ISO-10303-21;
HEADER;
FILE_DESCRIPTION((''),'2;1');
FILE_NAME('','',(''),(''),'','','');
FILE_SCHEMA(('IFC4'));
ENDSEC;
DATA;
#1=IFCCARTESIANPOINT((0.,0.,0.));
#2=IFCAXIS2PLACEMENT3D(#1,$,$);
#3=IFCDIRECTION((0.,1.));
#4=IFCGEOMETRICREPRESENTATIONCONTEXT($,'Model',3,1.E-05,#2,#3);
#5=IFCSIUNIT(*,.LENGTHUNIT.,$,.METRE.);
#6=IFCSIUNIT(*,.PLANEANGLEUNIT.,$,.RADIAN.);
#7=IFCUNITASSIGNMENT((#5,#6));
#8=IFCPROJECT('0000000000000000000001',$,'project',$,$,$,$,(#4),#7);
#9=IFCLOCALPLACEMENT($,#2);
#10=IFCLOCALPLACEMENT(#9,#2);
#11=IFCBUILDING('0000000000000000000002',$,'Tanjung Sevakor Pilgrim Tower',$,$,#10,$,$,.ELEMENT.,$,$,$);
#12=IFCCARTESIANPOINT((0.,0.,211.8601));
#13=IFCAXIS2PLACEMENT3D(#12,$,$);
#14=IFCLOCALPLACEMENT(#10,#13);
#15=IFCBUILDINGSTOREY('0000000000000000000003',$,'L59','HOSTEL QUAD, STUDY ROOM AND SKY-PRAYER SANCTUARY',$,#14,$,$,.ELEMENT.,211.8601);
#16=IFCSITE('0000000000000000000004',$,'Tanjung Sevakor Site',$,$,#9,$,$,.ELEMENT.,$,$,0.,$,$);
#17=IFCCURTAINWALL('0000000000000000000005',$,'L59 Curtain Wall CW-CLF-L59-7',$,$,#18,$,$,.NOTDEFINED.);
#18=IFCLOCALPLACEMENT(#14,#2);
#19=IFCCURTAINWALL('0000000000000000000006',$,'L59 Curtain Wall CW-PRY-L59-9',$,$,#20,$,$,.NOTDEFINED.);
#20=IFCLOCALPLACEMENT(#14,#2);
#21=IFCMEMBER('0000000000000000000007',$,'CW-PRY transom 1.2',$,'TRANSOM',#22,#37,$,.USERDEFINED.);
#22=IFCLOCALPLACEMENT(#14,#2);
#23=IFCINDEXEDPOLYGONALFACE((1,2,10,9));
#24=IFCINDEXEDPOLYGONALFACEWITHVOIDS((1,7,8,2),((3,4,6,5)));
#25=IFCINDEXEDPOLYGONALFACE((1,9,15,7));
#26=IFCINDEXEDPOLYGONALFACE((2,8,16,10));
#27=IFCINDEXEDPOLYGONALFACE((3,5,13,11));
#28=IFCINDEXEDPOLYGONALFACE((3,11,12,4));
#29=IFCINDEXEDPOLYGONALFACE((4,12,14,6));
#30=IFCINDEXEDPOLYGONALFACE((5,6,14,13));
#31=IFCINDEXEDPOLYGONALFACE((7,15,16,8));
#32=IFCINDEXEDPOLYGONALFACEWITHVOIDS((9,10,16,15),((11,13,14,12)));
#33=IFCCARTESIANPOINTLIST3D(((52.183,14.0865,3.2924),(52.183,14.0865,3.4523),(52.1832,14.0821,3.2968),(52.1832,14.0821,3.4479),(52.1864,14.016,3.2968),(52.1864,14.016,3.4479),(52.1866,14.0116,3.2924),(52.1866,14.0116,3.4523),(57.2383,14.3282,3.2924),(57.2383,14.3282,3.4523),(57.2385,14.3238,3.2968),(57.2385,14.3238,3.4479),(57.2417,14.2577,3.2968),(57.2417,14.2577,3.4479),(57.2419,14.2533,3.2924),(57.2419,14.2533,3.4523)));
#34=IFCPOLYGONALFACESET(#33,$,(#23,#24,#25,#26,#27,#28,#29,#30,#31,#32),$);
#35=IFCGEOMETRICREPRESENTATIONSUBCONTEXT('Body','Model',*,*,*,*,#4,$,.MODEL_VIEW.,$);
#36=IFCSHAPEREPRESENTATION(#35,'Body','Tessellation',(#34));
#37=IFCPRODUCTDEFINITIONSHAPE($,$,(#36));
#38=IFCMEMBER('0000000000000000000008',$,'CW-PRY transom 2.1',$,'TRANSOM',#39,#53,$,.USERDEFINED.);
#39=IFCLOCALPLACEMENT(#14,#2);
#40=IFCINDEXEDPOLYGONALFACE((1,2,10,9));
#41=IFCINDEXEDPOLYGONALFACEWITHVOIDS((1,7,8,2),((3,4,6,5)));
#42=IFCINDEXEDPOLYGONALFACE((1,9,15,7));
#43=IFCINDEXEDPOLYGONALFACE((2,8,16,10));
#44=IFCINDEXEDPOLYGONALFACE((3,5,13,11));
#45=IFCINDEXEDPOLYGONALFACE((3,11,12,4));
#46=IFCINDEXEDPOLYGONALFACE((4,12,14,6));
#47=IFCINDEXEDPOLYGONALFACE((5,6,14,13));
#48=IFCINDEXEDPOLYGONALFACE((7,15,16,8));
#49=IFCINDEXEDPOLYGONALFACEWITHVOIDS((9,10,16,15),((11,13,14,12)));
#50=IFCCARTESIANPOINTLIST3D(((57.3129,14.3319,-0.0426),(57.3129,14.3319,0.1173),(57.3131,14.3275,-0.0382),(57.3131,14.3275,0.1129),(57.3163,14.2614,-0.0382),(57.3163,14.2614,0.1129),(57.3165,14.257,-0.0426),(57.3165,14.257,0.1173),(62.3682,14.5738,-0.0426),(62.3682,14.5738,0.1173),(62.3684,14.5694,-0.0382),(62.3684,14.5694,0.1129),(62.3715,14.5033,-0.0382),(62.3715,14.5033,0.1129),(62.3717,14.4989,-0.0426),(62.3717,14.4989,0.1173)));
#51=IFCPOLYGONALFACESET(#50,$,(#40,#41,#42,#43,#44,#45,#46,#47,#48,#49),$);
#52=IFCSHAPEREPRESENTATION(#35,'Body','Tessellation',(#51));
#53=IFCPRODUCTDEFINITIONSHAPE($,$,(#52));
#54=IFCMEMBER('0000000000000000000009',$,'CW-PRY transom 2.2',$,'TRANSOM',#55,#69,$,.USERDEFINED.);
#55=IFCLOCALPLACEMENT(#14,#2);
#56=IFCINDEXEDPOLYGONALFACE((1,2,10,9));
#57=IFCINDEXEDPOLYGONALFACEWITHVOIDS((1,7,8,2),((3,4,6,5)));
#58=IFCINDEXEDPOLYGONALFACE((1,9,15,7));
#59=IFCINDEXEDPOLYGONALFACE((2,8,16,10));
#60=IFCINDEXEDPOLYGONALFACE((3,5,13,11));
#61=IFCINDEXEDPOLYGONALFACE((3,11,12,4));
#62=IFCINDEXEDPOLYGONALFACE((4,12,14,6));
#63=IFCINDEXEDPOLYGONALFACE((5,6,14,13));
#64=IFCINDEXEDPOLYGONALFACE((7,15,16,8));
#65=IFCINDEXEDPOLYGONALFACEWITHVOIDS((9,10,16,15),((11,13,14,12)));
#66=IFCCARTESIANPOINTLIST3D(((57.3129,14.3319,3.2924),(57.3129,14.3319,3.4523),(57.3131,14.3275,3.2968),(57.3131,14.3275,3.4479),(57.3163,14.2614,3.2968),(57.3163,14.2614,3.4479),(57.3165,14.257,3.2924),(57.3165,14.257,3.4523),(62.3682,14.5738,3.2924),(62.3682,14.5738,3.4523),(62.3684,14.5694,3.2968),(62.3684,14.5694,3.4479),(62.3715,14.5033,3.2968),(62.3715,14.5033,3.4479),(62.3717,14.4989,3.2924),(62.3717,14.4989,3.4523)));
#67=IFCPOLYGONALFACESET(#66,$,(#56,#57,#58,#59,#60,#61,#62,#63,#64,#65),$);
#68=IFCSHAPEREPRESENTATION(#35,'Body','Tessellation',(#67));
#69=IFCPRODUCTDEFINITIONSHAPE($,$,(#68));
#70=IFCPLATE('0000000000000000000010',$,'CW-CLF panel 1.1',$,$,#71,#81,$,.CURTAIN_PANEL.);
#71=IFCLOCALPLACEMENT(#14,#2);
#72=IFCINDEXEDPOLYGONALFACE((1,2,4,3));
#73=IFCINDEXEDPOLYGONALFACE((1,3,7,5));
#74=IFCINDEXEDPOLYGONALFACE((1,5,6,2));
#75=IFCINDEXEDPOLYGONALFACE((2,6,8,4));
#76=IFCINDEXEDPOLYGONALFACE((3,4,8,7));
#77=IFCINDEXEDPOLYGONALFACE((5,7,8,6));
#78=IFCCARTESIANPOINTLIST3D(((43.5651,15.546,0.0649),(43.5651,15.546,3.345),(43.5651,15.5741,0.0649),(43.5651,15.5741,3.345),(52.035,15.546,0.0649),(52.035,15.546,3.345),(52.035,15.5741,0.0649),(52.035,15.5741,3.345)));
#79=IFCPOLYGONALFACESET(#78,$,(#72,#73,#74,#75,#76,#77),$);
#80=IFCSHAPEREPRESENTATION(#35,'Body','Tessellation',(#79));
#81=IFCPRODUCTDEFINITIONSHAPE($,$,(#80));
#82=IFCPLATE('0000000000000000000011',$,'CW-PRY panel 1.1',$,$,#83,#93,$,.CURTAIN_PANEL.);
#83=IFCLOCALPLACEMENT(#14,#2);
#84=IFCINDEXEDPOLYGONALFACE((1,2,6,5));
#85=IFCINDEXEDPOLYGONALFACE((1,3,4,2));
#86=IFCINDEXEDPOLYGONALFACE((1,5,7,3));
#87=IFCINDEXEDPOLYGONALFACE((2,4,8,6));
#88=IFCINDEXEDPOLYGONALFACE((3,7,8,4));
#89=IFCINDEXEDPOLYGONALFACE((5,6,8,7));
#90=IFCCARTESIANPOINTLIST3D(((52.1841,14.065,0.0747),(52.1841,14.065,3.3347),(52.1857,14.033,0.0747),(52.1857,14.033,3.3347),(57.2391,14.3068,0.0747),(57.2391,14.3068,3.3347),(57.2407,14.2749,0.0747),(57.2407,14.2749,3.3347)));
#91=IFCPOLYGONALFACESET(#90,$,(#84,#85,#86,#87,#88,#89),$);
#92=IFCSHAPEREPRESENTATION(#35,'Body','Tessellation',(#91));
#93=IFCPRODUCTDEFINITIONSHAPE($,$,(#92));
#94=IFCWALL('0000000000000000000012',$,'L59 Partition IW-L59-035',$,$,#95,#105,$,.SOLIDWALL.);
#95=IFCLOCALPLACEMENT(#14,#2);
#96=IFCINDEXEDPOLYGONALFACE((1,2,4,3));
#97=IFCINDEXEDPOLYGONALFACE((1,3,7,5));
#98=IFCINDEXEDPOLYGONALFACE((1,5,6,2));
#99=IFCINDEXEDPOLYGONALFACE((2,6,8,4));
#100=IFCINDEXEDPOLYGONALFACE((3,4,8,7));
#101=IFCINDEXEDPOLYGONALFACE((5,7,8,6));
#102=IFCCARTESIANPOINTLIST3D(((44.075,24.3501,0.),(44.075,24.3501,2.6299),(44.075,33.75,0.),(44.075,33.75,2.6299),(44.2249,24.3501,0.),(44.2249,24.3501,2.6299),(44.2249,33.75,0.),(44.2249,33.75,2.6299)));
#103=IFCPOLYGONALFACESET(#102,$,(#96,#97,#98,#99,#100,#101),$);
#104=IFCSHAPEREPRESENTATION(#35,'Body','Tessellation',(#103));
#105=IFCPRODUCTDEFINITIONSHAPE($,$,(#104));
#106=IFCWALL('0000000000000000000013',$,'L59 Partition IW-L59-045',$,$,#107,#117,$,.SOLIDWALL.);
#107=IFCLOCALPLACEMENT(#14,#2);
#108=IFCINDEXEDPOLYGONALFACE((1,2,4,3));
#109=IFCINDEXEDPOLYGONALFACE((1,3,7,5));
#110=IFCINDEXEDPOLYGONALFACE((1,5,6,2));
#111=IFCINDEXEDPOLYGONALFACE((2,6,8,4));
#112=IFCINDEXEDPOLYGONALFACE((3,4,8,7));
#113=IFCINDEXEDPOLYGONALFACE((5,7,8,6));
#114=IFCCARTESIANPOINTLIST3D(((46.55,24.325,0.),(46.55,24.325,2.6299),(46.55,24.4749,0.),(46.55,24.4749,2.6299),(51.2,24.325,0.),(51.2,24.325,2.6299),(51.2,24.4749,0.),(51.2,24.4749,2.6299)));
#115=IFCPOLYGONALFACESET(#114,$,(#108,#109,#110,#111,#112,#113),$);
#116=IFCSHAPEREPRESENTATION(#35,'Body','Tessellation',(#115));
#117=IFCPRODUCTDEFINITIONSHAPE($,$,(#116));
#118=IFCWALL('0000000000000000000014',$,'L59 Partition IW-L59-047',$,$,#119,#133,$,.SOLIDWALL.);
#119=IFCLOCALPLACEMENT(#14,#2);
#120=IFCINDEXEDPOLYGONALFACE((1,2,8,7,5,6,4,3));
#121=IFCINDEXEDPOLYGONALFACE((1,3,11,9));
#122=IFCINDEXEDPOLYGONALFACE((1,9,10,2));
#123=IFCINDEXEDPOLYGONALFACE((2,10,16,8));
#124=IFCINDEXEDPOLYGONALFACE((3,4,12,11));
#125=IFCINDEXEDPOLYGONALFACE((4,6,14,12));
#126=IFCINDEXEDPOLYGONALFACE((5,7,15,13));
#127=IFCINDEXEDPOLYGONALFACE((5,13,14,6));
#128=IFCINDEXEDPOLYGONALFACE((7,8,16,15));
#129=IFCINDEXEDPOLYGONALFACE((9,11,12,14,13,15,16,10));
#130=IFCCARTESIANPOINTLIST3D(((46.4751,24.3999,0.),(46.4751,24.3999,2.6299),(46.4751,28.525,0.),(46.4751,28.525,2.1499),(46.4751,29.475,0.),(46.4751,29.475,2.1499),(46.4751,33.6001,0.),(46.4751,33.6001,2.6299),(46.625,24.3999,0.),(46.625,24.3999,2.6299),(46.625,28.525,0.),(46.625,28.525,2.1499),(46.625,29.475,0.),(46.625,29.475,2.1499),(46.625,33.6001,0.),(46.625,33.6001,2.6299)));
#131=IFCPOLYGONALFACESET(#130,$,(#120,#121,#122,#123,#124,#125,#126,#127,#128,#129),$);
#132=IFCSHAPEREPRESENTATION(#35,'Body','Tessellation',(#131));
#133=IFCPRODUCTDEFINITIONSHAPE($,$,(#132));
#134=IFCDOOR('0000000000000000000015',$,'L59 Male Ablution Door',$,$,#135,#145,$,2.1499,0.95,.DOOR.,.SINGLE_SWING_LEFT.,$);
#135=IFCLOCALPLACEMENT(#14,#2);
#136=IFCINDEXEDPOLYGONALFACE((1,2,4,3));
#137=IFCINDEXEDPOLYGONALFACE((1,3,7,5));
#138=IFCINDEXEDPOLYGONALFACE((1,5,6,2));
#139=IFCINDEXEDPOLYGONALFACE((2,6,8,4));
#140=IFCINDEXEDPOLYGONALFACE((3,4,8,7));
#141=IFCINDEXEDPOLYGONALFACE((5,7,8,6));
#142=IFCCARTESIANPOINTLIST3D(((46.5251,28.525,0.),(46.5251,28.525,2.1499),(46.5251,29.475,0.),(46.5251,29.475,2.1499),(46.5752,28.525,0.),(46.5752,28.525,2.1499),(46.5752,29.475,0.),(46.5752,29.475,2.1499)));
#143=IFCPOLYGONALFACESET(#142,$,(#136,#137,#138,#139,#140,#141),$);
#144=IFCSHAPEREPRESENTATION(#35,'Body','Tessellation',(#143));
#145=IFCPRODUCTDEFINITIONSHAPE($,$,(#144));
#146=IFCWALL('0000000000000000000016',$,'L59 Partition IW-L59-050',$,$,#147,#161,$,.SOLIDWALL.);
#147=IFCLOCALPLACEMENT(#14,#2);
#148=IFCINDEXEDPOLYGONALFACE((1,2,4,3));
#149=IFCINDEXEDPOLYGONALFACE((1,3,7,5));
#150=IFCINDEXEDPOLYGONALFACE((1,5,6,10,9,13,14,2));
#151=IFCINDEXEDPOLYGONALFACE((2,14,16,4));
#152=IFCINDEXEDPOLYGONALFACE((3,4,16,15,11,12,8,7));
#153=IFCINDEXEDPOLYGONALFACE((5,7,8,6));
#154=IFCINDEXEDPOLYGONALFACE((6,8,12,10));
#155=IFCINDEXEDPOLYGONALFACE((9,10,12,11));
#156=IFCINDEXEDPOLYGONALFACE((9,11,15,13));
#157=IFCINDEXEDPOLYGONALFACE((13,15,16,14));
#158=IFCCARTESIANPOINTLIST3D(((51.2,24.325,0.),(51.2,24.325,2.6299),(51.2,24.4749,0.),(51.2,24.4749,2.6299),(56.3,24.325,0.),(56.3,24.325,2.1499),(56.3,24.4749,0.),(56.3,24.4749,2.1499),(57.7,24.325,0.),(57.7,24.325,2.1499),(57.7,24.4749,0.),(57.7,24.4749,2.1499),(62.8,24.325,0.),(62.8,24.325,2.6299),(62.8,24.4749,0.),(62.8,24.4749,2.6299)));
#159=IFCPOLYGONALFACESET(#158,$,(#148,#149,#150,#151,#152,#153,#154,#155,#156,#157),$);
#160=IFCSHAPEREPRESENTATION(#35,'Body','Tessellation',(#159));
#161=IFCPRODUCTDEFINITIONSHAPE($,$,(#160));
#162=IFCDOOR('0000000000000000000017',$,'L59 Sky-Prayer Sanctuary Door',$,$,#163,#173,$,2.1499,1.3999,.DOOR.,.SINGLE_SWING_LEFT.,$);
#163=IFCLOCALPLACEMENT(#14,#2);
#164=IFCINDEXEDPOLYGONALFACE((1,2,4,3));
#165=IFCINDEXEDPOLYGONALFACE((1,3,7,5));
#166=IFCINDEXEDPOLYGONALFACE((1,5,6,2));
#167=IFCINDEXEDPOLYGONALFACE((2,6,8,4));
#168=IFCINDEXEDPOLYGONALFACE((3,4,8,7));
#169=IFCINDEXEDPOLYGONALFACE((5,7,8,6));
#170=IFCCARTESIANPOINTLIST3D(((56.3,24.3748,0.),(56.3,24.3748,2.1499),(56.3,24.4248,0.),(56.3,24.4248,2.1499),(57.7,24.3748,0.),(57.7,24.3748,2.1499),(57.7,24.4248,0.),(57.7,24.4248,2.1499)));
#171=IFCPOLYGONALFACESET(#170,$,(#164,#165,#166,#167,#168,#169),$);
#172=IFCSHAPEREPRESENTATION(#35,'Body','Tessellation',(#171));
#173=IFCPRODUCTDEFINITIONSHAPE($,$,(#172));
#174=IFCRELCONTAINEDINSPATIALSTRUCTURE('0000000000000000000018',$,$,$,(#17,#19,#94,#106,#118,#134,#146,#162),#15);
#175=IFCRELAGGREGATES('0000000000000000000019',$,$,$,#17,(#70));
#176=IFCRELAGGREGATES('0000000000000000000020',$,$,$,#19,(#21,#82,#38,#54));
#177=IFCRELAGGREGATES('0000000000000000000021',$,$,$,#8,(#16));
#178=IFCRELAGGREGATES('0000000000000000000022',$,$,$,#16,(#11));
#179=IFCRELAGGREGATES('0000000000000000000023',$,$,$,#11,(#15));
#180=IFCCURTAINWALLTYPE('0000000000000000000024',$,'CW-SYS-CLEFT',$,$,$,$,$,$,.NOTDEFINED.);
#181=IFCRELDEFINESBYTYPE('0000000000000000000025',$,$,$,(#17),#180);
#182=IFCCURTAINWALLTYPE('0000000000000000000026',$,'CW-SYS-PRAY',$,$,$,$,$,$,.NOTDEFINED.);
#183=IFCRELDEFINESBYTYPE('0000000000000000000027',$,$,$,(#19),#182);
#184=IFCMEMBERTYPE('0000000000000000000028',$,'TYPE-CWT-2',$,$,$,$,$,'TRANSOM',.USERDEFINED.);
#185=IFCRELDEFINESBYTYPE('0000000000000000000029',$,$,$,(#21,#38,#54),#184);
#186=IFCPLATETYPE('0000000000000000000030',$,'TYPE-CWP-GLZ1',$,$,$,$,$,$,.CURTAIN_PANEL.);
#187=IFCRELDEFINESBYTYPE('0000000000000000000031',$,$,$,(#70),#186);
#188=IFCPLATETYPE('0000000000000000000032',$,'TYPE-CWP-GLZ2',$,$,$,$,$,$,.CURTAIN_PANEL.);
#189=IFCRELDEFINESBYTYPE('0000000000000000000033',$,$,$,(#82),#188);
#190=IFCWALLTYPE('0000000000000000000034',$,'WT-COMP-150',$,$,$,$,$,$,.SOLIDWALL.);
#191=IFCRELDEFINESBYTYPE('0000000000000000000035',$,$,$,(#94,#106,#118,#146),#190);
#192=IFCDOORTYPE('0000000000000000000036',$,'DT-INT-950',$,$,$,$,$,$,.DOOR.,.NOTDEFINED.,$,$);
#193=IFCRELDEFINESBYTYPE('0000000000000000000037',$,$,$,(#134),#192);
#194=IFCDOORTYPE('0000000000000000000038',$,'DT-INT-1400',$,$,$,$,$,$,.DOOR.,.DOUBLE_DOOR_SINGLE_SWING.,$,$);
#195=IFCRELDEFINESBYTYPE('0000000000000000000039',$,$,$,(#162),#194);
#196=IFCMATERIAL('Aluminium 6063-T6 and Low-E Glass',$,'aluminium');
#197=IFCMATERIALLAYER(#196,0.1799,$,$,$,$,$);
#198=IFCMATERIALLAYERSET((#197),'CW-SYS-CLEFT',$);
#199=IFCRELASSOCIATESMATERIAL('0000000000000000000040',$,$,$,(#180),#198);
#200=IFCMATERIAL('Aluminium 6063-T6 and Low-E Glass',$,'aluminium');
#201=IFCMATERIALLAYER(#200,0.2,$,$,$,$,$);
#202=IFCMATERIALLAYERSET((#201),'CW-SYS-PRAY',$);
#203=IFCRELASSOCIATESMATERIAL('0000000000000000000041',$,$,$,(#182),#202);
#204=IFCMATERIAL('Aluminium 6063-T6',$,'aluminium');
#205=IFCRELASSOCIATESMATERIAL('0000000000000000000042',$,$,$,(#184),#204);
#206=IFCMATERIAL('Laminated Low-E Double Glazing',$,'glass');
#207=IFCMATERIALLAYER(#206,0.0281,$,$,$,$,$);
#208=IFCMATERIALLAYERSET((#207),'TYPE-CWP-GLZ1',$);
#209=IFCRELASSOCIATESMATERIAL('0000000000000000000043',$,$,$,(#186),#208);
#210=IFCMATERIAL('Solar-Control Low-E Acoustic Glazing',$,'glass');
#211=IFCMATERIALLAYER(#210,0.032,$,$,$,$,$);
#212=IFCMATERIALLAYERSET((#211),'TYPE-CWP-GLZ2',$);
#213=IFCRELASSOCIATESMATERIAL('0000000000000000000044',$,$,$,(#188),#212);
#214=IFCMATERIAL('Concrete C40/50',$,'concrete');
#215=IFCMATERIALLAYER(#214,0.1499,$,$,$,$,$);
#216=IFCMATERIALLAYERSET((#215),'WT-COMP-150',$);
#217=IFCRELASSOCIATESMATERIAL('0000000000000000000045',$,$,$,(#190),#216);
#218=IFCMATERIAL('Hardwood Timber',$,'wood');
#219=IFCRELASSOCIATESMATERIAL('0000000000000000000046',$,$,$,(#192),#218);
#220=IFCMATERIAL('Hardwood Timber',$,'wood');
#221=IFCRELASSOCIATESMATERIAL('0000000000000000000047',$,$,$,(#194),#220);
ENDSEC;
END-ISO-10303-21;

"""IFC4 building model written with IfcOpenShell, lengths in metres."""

from ifc_helpers import new_model, si_unit, direction, frame, frame_2d, origin, origin_2d, place, context, subcontext, project, spatial, rectangle, hollow_rectangle, extrude, material, layer, layer_set, material_profile, profile_set, type_object, element, fill, aggregate, save


model = new_model("IFC4")

# Units and contexts
model_context = context("Model", 3, precision=1e-05, world=origin(), true_north=direction((0.0, 1.0)))
body_context = subcontext(model_context, "Body", "Model", "MODEL_VIEW")
ifc_project = project(units=[si_unit("LENGTHUNIT", "METRE"), si_unit("PLANEANGLEUNIT", "RADIAN")], contexts=[model_context])

# Site, building, storey
site_placement = place(None, origin())
site = spatial("IfcSite", under=ifc_project, at=site_placement, Name="Tanjung Sevakor Site", CompositionType="ELEMENT", RefElevation=0.0)
building_placement = place(site_placement, origin())
building = spatial("IfcBuilding", under=site, at=building_placement, Name="Tanjung Sevakor Pilgrim Tower", CompositionType="ELEMENT")
storey_placement = place(building_placement, frame((0.0, 0.0, 211.8601)))
storey = spatial("IfcBuildingStorey", under=building, at=storey_placement, Name="L59", Description="HOSTEL QUAD, STUDY ROOM AND SKY-PRAYER SANCTUARY", CompositionType="ELEMENT", Elevation=211.8601)

# Curtain wall
ifc_material_1 = material(Name="Aluminium 6063-T6 and Low-E Glass", Category="aluminium")
ifc_layer_1 = layer(ifc_material_1, 0.1799)
ifc_layer_set_1 = layer_set([ifc_layer_1], Name="CW-SYS-CLEFT")
curtain_wall_type_1 = type_object("IfcCurtainWallType", Name="CW-SYS-CLEFT", PredefinedType="NOTDEFINED", material=ifc_layer_set_1)
curtain_wall_1_placement = place(storey_placement, origin())
curtain_wall_1 = element("IfcCurtainWall", 1, at=curtain_wall_1_placement, inside=storey, type_object=curtain_wall_type_1, Name="L59 Curtain Wall CW-CLF-L59-7", PredefinedType="NOTDEFINED")

# Curtain wall, members
ifc_material_2 = material(Name="Aluminium 6063-T6 and Low-E Glass", Category="aluminium")
ifc_layer_2 = layer(ifc_material_2, 0.2)
ifc_layer_set_2 = layer_set([ifc_layer_2], Name="CW-SYS-PRAY")
curtain_wall_type_2 = type_object("IfcCurtainWallType", Name="CW-SYS-PRAY", PredefinedType="NOTDEFINED", material=ifc_layer_set_2)
curtain_wall_2_placement = place(storey_placement, origin())
curtain_wall_2 = element("IfcCurtainWall", 2, at=curtain_wall_2_placement, inside=storey, type_object=curtain_wall_type_2, Name="L59 Curtain Wall CW-PRY-L59-9", PredefinedType="NOTDEFINED")
ifc_material_3 = material(Name="Aluminium 6063-T6", Category="aluminium")
ifc_material_profile_1 = material_profile(ifc_material_3, hollow_rectangle(XDim=0.075, YDim=0.1599, WallThickness=0.0044, at=origin_2d()))
ifc_profile_set_1 = profile_set([ifc_material_profile_1], Name="Aluminium 6063-T6")
member_type_1 = type_object("IfcMemberType", Name="TYPE-CWT-2", ElementType="TRANSOM", PredefinedType="USERDEFINED", material=ifc_profile_set_1)
member_1_placement = place(storey_placement, frame((52.1848, 14.0491, 3.3723), z_axis=(0.998859, 0.047758, 0.0), x_axis=(-0.047758, 0.998859, 0.0)))
member_1 = element("IfcMember", 3, at=member_1_placement, type_object=member_type_1, Name="CW-PRY transom 1.2", ObjectType="TRANSOM", PredefinedType="USERDEFINED", context=body_context, shape_type="SweptSolid", body=[
    extrude(hollow_rectangle(XDim=0.075, YDim=0.1599, WallThickness=0.0044, at=origin_2d()), origin(), (0.0, 0.0, 1.0), 5.061),
])
member_2_placement = place(storey_placement, frame((57.3147, 14.2944, 0.0374), z_axis=(0.998857, 0.047806, 0.0), x_axis=(-0.047806, 0.998857, 0.0)))
member_2 = element("IfcMember", 4, at=member_2_placement, type_object=member_type_1, Name="CW-PRY transom 2.1", ObjectType="TRANSOM", PredefinedType="USERDEFINED", context=body_context, shape_type="SweptSolid", body=[
    extrude(hollow_rectangle(XDim=0.075, YDim=0.1599, WallThickness=0.0044, at=origin_2d()), origin(), (0.0, 0.0, 1.0), 5.061),
])
member_3_placement = place(storey_placement, frame((57.3147, 14.2944, 3.3723), z_axis=(0.998857, 0.047806, 0.0), x_axis=(-0.047806, 0.998857, 0.0)))
member_3 = element("IfcMember", 5, at=member_3_placement, type_object=member_type_1, Name="CW-PRY transom 2.2", ObjectType="TRANSOM", PredefinedType="USERDEFINED", context=body_context, shape_type="SweptSolid", body=[
    extrude(hollow_rectangle(XDim=0.075, YDim=0.1599, WallThickness=0.0044, at=origin_2d()), origin(), (0.0, 0.0, 1.0), 5.061),
])

# Plates
ifc_material_4 = material(Name="Laminated Low-E Double Glazing", Category="glass")
ifc_layer_3 = layer(ifc_material_4, 0.0281)
ifc_layer_set_3 = layer_set([ifc_layer_3], Name="TYPE-CWP-GLZ1")
plate_type_1 = type_object("IfcPlateType", Name="TYPE-CWP-GLZ1", PredefinedType="CURTAIN_PANEL", material=ifc_layer_set_3)
plate_1_placement = place(storey_placement, frame((47.8, 15.5601, 0.0649), z_axis=(0.0, 0.0, 1.0), x_axis=(1.0, 0.0, 0.0)))
plate_1 = element("IfcPlate", 6, at=plate_1_placement, type_object=plate_type_1, Name="CW-CLF panel 1.1", PredefinedType="CURTAIN_PANEL", context=body_context, shape_type="SweptSolid", body=[
    extrude(rectangle(XDim=8.47, YDim=0.0281, at=origin_2d()), origin(), (0.0, 0.0, 1.0), 3.28),
])
aggregate(curtain_wall_1, [plate_1])
ifc_material_5 = material(Name="Solar-Control Low-E Acoustic Glazing", Category="glass")
ifc_layer_4 = layer(ifc_material_5, 0.032)
ifc_layer_set_4 = layer_set([ifc_layer_4], Name="TYPE-CWP-GLZ2")
plate_type_2 = type_object("IfcPlateType", Name="TYPE-CWP-GLZ2", PredefinedType="CURTAIN_PANEL", material=ifc_layer_set_4)
plate_2_placement = place(storey_placement, frame((54.7124, 14.1699, 0.0747), z_axis=(0.0, 0.0, 1.0), x_axis=(0.998857, 0.047794, 0.0)))
plate_2 = element("IfcPlate", 7, at=plate_2_placement, type_object=plate_type_2, Name="CW-PRY panel 1.1", PredefinedType="CURTAIN_PANEL", context=body_context, shape_type="SweptSolid", body=[
    extrude(rectangle(XDim=5.0608, YDim=0.032, at=origin_2d()), origin(), (0.0, 0.0, 1.0), 3.26),
])
aggregate(curtain_wall_2, [member_1, plate_2, member_2, member_3])

# Walls
ifc_material_6 = material(Name="Concrete C40/50", Category="concrete")
ifc_layer_5 = layer(ifc_material_6, 0.1499)
ifc_layer_set_5 = layer_set([ifc_layer_5], Name="WT-COMP-150")
wall_type_1 = type_object("IfcWallType", Name="WT-COMP-150", PredefinedType="SOLIDWALL", material=ifc_layer_set_5)
wall_1_placement = place(storey_placement, frame((44.1499, 24.3501, 0.0), z_axis=(0.0, 0.0, 1.0), x_axis=(0.0, 1.0, 0.0)))
element("IfcWall", 8, at=wall_1_placement, inside=storey, type_object=wall_type_1, Name="L59 Partition IW-L59-035", PredefinedType="SOLIDWALL", context=body_context, shape_type="SweptSolid", body=[
    extrude(rectangle(XDim=9.3999, YDim=0.1499, at=frame_2d((4.7, 0.0))), origin(), (0.0, 0.0, 1.0), 2.6299),
])
wall_2_placement = place(storey_placement, frame((46.55, 24.3999, 0.0), z_axis=(0.0, 0.0, 1.0), x_axis=(1.0, 0.0, 0.0)))
element("IfcWall", 9, at=wall_2_placement, inside=storey, type_object=wall_type_1, Name="L59 Partition IW-L59-045", PredefinedType="SOLIDWALL", context=body_context, shape_type="SweptSolid", body=[
    extrude(rectangle(XDim=4.6499, YDim=0.1499, at=frame_2d((2.325, 0.0))), origin(), (0.0, 0.0, 1.0), 2.6299),
])

# Walls, openings, doors
wall_3_placement = place(storey_placement, frame((46.55, 24.3999, 0.0), z_axis=(0.0, 0.0, 1.0), x_axis=(0.0, 1.0, 0.0)))
wall_3 = element("IfcWall", 10, at=wall_3_placement, inside=storey, type_object=wall_type_1, Name="L59 Partition IW-L59-047", PredefinedType="SOLIDWALL", context=body_context, shape_type="SweptSolid", body=[
    extrude(rectangle(XDim=9.2002, YDim=0.1499, at=frame_2d((4.6001, 0.0))), origin(), (0.0, 0.0, 1.0), 2.6299),
])
opening_1_placement = place(wall_3_placement, frame((4.125, 0.0, 0.0)))
opening_1 = element("IfcOpeningElement", 11, at=opening_1_placement, cuts=wall_3, PredefinedType="OPENING", context=body_context, shape_type="SweptSolid", body=[
    extrude(rectangle(XDim=0.95, YDim=2.1499, at=frame_2d((0.4751, 1.075))), frame((0.0, 0.085, 0.0), z_axis=(0.0, -1.0, 0.0), x_axis=(1.0, 0.0, 0.0)), (0.0, 0.0, 1.0), 0.1699),
])
ifc_material_7 = material(Name="Hardwood Timber", Category="wood")
door_type_1 = type_object("IfcDoorType", Name="DT-INT-950", OperationType="NOTDEFINED", PredefinedType="DOOR", material=ifc_material_7)
door_1_placement = place(opening_1_placement, origin())
door_1 = element("IfcDoor", 12, at=door_1_placement, inside=storey, type_object=door_type_1, Name="L59 Male Ablution Door", OperationType="SINGLE_SWING_LEFT", OverallHeight=2.1499, OverallWidth=0.95, PredefinedType="DOOR", context=body_context, shape_type="SweptSolid", body=[
    extrude(rectangle(XDim=0.95, YDim=2.1499, at=frame_2d((0.4751, 1.075))), frame((0.0, 0.0249, 0.0), z_axis=(0.0, -1.0, 0.0), x_axis=(1.0, 0.0, 0.0)), (0.0, 0.0, 1.0), 0.05),
])
fill(opening_1, door_1)
wall_4_placement = place(storey_placement, frame((51.2, 24.3999, 0.0), z_axis=(0.0, 0.0, 1.0), x_axis=(1.0, 0.0, 0.0)))
wall_4 = element("IfcWall", 13, at=wall_4_placement, inside=storey, type_object=wall_type_1, Name="L59 Partition IW-L59-050", PredefinedType="SOLIDWALL", context=body_context, shape_type="SweptSolid", body=[
    extrude(rectangle(XDim=11.6001, YDim=0.1499, at=frame_2d((5.8, 0.0))), origin(), (0.0, 0.0, 1.0), 2.6299),
])
opening_2_placement = place(wall_4_placement, frame((5.1001, 0.0, 0.0)))
opening_2 = element("IfcOpeningElement", 14, at=opening_2_placement, cuts=wall_4, PredefinedType="OPENING", context=body_context, shape_type="SweptSolid", body=[
    extrude(rectangle(XDim=1.3999, YDim=2.1499, at=frame_2d((0.7, 1.075))), frame((0.0, 0.085, 0.0), z_axis=(0.0, -1.0, 0.0), x_axis=(1.0, 0.0, 0.0)), (0.0, 0.0, 1.0), 0.1699),
])
ifc_material_8 = material(Name="Hardwood Timber", Category="wood")
door_type_2 = type_object("IfcDoorType", Name="DT-INT-1400", OperationType="DOUBLE_DOOR_SINGLE_SWING", PredefinedType="DOOR", material=ifc_material_8)
door_2_placement = place(opening_2_placement, origin())
door_2 = element("IfcDoor", 15, at=door_2_placement, inside=storey, type_object=door_type_2, Name="L59 Sky-Prayer Sanctuary Door", OperationType="SINGLE_SWING_LEFT", OverallHeight=2.1499, OverallWidth=1.3999, PredefinedType="DOOR", context=body_context, shape_type="SweptSolid", body=[
    extrude(rectangle(XDim=1.3999, YDim=2.1499, at=frame_2d((0.7, 1.075))), frame((0.0, 0.0249, 0.0), z_axis=(0.0, -1.0, 0.0), x_axis=(1.0, 0.0, 0.0)), (0.0, 0.0, 1.0), 0.05),
])
fill(opening_2, door_2)

save(model, "model.ifc")
